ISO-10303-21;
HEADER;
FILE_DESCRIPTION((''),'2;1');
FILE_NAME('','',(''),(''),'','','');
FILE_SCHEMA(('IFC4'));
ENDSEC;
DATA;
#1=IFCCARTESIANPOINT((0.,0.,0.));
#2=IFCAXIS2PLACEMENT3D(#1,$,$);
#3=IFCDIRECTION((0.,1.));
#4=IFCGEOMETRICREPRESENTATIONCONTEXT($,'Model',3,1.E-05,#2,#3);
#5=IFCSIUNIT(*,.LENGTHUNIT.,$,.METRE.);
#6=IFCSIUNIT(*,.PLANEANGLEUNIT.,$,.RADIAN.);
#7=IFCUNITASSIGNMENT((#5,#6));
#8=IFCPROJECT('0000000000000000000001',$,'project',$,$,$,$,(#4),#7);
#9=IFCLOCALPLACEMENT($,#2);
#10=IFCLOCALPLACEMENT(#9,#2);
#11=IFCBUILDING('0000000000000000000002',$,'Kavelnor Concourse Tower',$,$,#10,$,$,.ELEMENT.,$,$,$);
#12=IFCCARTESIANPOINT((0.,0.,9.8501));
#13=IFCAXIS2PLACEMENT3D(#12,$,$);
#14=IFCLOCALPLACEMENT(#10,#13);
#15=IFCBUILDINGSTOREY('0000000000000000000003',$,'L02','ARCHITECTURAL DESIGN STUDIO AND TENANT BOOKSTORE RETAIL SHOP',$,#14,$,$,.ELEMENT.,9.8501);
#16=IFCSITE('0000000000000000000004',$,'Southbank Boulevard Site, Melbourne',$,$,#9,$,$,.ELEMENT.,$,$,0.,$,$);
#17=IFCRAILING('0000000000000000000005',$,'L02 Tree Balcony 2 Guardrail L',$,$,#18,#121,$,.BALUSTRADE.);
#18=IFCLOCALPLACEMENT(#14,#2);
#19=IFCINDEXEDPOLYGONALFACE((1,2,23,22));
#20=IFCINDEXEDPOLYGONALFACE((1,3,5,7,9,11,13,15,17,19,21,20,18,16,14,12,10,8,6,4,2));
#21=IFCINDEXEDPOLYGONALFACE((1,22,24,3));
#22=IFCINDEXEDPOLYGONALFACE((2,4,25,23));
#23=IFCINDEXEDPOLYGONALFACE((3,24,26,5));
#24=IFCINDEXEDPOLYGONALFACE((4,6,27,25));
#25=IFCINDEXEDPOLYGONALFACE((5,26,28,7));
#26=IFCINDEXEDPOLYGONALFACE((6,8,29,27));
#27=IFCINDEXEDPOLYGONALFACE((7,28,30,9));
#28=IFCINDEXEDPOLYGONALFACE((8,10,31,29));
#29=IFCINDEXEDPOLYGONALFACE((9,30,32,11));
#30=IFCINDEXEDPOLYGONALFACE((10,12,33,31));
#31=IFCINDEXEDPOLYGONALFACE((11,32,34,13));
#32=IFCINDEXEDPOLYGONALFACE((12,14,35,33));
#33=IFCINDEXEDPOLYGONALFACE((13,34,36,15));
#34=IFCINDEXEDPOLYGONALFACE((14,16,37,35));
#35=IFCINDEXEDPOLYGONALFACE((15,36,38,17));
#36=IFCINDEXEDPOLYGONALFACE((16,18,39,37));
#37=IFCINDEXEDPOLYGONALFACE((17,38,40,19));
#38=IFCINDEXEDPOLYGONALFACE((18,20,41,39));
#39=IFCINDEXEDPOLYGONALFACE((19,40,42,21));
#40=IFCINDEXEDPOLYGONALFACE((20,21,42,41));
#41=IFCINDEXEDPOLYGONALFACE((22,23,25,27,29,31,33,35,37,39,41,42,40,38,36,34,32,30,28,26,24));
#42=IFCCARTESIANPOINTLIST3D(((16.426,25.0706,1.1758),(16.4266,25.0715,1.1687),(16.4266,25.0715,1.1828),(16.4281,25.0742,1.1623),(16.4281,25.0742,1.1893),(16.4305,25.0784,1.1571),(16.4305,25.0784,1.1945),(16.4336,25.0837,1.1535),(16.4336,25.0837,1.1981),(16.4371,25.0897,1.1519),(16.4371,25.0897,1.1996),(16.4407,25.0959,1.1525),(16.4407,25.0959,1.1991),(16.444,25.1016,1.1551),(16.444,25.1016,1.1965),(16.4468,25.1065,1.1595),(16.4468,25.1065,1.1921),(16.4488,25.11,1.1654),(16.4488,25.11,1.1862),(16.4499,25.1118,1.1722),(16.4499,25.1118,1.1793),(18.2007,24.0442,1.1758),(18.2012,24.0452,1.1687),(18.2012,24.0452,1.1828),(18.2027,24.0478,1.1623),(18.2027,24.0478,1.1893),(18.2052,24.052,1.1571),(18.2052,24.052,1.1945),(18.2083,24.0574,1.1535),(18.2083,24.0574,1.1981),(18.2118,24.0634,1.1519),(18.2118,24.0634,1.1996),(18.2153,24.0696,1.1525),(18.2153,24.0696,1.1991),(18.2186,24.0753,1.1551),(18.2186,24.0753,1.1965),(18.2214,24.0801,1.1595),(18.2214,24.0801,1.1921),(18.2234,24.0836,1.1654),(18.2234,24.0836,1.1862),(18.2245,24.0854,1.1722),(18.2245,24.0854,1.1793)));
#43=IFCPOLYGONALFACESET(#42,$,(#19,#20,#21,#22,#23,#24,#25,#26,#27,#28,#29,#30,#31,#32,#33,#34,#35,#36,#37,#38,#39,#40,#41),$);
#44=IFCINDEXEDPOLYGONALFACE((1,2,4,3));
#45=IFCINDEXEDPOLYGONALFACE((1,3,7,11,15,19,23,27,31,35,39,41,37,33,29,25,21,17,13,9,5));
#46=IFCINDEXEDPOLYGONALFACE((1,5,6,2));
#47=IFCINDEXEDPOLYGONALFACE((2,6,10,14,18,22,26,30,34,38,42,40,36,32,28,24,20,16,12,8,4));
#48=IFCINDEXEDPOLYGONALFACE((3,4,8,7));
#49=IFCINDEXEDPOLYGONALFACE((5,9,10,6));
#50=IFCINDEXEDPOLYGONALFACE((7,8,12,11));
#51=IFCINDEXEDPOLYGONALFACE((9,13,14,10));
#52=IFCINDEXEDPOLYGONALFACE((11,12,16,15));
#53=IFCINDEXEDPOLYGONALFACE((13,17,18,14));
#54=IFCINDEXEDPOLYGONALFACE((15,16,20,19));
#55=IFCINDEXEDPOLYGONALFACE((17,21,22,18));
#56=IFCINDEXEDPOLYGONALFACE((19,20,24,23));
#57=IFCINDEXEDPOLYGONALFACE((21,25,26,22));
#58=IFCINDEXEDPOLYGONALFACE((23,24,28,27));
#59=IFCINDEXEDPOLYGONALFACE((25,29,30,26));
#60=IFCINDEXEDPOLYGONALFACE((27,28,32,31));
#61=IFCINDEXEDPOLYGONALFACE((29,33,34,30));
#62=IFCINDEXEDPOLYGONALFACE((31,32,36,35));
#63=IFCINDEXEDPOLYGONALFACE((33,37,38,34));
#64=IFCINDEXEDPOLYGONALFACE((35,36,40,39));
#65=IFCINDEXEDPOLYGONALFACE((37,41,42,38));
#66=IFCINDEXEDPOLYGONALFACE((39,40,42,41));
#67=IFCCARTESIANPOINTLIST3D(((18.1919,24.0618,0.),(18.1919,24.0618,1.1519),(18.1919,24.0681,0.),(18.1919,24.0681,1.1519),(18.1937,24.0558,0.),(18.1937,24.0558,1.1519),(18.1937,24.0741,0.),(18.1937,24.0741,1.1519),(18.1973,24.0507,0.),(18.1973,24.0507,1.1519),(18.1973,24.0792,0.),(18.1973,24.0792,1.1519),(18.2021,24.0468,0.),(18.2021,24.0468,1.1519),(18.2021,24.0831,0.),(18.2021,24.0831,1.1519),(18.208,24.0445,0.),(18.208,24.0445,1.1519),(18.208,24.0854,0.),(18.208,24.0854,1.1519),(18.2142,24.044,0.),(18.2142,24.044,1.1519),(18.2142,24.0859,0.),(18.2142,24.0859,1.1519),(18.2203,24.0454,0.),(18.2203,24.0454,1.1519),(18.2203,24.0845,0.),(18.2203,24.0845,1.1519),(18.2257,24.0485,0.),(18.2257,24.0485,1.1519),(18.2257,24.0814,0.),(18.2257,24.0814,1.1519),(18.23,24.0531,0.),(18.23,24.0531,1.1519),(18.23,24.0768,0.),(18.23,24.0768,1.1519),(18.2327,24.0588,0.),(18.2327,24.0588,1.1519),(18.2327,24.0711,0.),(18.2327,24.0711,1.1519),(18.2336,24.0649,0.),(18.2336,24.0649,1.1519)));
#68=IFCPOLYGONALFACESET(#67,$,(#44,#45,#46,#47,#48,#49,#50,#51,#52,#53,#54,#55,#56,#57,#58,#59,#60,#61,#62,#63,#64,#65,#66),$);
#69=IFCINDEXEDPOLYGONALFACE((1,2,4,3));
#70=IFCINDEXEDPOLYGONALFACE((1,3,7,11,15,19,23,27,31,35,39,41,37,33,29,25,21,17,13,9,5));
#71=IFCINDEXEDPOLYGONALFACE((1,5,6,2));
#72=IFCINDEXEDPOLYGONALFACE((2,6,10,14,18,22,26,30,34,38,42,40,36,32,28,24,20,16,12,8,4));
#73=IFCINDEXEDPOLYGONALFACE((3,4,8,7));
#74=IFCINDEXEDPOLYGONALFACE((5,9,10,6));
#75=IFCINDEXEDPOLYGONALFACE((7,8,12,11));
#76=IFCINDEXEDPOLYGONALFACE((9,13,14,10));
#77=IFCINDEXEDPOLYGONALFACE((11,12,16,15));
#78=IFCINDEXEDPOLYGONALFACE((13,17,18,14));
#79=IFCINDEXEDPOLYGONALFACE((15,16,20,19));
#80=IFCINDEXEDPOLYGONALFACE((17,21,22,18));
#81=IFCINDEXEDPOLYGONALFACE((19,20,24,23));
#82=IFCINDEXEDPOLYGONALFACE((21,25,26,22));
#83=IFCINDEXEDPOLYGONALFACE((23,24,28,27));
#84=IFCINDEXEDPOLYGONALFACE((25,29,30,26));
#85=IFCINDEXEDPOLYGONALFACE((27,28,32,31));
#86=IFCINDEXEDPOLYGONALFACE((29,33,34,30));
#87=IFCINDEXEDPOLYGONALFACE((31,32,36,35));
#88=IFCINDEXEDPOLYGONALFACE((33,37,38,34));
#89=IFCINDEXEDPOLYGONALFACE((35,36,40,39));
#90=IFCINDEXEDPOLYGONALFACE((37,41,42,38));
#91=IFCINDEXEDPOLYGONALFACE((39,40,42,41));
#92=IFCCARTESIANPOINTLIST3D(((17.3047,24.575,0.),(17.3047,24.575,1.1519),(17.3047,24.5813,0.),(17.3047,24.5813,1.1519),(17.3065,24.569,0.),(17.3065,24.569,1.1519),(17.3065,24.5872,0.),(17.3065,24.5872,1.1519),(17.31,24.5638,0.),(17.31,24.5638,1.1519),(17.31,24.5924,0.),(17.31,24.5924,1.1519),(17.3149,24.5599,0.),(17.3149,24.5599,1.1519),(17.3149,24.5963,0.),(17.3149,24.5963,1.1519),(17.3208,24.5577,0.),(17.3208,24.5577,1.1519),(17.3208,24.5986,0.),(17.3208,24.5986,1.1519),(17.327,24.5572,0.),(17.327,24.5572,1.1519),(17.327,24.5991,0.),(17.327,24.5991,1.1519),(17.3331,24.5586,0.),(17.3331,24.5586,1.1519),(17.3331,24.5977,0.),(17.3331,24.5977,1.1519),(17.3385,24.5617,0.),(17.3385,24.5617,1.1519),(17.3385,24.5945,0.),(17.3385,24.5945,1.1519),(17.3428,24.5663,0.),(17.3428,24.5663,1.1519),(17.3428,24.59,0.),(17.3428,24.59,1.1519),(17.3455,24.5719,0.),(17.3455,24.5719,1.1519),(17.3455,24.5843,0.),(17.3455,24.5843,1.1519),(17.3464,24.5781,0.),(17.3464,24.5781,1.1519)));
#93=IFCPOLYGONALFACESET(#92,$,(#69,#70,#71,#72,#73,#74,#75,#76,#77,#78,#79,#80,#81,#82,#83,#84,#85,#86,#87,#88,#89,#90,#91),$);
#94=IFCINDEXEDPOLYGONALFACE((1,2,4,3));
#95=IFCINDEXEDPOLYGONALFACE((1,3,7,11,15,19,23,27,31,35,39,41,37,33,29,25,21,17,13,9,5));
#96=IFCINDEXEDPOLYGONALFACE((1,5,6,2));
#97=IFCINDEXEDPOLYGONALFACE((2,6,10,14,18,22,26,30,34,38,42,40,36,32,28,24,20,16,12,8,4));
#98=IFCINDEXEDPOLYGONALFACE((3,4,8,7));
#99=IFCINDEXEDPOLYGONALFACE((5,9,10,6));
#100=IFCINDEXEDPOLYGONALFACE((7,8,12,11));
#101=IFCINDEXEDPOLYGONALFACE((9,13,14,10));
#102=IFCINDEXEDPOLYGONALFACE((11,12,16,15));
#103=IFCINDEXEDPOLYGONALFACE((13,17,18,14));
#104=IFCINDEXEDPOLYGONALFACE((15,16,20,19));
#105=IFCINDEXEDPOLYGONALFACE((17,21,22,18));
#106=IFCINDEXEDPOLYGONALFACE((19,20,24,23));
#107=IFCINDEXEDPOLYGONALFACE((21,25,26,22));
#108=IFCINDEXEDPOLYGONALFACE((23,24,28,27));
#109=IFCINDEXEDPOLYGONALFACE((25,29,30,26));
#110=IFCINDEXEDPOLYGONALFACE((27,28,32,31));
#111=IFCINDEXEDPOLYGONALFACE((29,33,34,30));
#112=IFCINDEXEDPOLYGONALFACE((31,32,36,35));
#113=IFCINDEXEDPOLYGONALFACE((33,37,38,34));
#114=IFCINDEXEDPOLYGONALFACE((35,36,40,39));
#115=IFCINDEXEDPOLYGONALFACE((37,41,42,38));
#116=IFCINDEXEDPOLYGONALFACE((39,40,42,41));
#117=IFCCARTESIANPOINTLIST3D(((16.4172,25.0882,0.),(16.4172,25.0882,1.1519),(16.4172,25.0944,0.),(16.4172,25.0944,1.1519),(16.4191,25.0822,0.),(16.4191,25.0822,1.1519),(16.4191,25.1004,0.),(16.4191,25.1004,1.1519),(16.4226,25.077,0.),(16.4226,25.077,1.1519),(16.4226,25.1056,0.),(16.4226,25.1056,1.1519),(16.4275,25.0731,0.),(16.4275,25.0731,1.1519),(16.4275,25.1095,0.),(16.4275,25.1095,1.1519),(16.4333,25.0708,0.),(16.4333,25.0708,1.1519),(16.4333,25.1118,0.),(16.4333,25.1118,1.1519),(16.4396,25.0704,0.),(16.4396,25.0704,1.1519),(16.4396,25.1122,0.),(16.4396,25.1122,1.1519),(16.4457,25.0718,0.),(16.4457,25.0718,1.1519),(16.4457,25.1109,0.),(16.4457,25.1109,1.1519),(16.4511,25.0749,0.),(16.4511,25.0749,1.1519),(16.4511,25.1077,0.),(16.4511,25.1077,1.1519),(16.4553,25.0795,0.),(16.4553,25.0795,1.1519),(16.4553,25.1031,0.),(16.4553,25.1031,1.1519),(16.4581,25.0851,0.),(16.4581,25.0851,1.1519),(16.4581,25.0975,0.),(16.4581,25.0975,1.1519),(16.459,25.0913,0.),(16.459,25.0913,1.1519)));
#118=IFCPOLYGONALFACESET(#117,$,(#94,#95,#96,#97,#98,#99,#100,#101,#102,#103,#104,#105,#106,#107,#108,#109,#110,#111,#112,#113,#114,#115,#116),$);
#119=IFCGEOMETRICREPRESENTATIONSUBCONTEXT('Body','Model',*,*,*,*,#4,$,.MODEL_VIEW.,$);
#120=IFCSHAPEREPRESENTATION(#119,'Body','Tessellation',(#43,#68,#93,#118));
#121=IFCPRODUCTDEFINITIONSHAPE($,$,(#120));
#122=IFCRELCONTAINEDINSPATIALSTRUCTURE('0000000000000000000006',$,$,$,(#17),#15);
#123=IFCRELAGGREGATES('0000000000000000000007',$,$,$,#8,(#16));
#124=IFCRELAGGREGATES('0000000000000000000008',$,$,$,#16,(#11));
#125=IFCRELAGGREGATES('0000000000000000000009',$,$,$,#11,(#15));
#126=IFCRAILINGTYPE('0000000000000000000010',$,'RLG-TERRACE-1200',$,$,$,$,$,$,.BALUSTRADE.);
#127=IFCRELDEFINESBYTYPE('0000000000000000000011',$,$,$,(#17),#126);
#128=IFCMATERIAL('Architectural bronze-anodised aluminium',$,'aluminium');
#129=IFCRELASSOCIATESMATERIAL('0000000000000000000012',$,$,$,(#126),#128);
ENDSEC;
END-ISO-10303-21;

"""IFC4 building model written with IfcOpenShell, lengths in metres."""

from ifc_helpers import new_model, si_unit, direction, frame, origin, origin_2d, place, context, subcontext, project, spatial, circle, extrude, material, type_object, element, save


model = new_model("IFC4")

# Units and contexts
model_context = context("Model", 3, precision=1e-05, world=origin(), true_north=direction((0.0, 1.0)))
body_context = subcontext(model_context, "Body", "Model", "MODEL_VIEW")
ifc_project = project(units=[si_unit("LENGTHUNIT", "METRE"), si_unit("PLANEANGLEUNIT", "RADIAN")], contexts=[model_context])

# Site, building, storey
site_placement = place(None, origin())
site = spatial("IfcSite", under=ifc_project, at=site_placement, Name="Southbank Boulevard Site, Melbourne", CompositionType="ELEMENT", RefElevation=0.0)
building_placement = place(site_placement, origin())
building = spatial("IfcBuilding", under=site, at=building_placement, Name="Kavelnor Concourse Tower", CompositionType="ELEMENT")
storey_placement = place(building_placement, frame((0.0, 0.0, 9.8501)))
storey = spatial("IfcBuildingStorey", under=building, at=storey_placement, Name="L02", Description="ARCHITECTURAL DESIGN STUDIO AND TENANT BOOKSTORE RETAIL SHOP", CompositionType="ELEMENT", Elevation=9.8501)

# Railing
ifc_material_1 = material(Name="Architectural bronze-anodised aluminium", Category="aluminium")
railing_type_1 = type_object("IfcRailingType", Name="RLG-TERRACE-1200", PredefinedType="BALUSTRADE", material=ifc_material_1)
railing_1_placement = place(storey_placement, frame((18.2126, 24.0649, 0.0)))
element("IfcRailing", 1, at=railing_1_placement, inside=storey, type_object=railing_type_1, Name="L02 Tree Balcony 2 Guardrail L", PredefinedType="BALUSTRADE", context=body_context, shape_type="SweptSolid", body=[
    extrude(circle(Radius=0.0239, at=origin_2d()), frame((0.0, 0.0, 1.1758), z_axis=(-0.865652, 0.500647, 0.0), x_axis=(-0.500647, -0.865652, 0.0)), (0.0, 0.0, 1.0), 2.05),
    extrude(circle(Radius=0.021, at=origin_2d()), origin(), (0.0, 0.0, 1.0), 1.1519),
    extrude(circle(Radius=0.021, at=origin_2d()), frame((-0.8872, 0.5132, 0.0)), (0.0, 0.0, 1.0), 1.1519),
    extrude(circle(Radius=0.021, at=origin_2d()), frame((-1.7747, 1.0264, 0.0)), (0.0, 0.0, 1.0), 1.1519),
])

save(model, "model.ifc")
